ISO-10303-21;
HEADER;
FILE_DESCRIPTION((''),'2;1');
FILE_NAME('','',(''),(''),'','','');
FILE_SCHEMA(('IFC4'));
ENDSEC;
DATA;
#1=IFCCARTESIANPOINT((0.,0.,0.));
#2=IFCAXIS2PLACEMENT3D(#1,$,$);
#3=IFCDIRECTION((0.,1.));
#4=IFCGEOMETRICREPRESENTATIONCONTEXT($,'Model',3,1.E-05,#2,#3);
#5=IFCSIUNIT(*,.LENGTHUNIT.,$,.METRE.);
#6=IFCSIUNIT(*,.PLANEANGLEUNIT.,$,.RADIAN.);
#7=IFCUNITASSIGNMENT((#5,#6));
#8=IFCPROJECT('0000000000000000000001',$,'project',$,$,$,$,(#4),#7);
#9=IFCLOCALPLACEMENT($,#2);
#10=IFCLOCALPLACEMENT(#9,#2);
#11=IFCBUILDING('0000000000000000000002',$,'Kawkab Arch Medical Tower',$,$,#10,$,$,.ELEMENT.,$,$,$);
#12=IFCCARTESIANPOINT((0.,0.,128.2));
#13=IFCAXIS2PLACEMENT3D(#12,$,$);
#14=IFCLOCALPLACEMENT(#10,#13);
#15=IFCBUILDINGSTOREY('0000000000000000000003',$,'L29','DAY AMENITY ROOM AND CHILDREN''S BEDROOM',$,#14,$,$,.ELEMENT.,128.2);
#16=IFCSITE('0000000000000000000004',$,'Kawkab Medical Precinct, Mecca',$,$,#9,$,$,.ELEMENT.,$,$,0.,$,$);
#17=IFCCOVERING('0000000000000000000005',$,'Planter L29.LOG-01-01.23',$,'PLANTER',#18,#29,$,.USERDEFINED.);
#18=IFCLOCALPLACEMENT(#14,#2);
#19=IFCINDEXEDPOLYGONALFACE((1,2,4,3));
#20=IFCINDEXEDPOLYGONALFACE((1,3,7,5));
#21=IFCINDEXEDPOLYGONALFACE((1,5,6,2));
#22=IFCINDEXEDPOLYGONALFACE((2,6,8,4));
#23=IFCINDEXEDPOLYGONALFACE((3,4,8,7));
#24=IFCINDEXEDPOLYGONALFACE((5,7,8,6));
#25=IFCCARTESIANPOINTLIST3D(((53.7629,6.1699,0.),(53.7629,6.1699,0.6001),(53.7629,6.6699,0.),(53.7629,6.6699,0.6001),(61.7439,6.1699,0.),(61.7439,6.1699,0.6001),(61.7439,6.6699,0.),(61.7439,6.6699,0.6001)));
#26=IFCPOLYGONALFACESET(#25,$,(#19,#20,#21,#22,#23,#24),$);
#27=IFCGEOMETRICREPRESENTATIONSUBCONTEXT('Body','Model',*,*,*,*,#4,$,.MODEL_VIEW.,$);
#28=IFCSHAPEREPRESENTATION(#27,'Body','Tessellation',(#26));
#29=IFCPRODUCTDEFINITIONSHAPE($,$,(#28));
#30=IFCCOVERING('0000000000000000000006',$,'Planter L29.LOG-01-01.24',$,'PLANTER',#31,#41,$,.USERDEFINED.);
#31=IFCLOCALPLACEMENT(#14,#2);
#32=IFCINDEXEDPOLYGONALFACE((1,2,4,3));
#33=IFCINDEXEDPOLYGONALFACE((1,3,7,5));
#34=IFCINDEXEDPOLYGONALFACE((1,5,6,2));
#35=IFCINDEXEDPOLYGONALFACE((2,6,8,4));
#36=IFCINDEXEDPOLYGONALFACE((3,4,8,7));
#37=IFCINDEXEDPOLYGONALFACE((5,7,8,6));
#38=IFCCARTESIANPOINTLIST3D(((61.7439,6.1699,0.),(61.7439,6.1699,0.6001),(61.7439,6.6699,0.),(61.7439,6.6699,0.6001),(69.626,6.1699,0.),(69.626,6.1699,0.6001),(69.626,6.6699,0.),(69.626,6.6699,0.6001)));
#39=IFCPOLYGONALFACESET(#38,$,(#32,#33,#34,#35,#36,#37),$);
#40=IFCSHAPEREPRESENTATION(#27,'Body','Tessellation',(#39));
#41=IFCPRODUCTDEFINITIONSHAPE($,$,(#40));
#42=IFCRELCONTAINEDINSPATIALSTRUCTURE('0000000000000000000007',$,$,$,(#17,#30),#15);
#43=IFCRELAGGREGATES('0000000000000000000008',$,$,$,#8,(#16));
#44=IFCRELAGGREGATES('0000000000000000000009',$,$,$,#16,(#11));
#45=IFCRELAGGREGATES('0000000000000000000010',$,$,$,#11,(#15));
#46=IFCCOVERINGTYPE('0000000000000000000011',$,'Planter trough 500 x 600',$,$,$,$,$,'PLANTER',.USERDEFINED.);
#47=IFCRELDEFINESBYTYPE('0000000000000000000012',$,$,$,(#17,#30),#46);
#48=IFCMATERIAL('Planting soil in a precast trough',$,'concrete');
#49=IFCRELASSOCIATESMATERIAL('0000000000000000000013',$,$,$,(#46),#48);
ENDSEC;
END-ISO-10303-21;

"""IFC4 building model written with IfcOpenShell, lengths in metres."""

from ifc_helpers import new_model, si_unit, direction, frame, origin, origin_2d, place, context, subcontext, project, spatial, rectangle, extrude, material, material_profile, profile_set, type_object, element, save


model = new_model("IFC4")

# Units and contexts
model_context = context("Model", 3, precision=1e-05, world=origin(), true_north=direction((0.0, 1.0)))
body_context = subcontext(model_context, "Body", "Model", "MODEL_VIEW")
ifc_project = project(units=[si_unit("LENGTHUNIT", "METRE"), si_unit("PLANEANGLEUNIT", "RADIAN")], contexts=[model_context])

# Site, building, storey
site_placement = place(None, origin())
site = spatial("IfcSite", under=ifc_project, at=site_placement, Name="Kawkab Medical Precinct, Mecca", CompositionType="ELEMENT", RefElevation=0.0)
building_placement = place(site_placement, origin())
building = spatial("IfcBuilding", under=site, at=building_placement, Name="Kawkab Arch Medical Tower", CompositionType="ELEMENT")
storey_placement = place(building_placement, frame((0.0, 0.0, 128.2)))
storey = spatial("IfcBuildingStorey", under=building, at=storey_placement, Name="L29", Description="DAY AMENITY ROOM AND CHILDREN'S BEDROOM", CompositionType="ELEMENT", Elevation=128.2)

# Coverings
ifc_material_1 = material(Name="Planting soil in a precast trough", Category="concrete")
ifc_material_profile_1 = material_profile(ifc_material_1, rectangle(XDim=0.5, YDim=0.6001, at=origin_2d()), Name="Trough 500x600")
ifc_profile_set_1 = profile_set([ifc_material_profile_1], Name="Planting soil in a precast trough")
covering_type_1 = type_object("IfcCoveringType", Name="Planter trough 500 x 600", ElementType="PLANTER", PredefinedType="USERDEFINED", material=ifc_profile_set_1)
covering_1_placement = place(storey_placement, frame((53.7629, 6.4199, 0.3), z_axis=(1.0, 0.0, 0.0), x_axis=(0.0, 1.0, 0.0)))
element("IfcCovering", 1, at=covering_1_placement, inside=storey, type_object=covering_type_1, Name="Planter L29.LOG-01-01.23", ObjectType="PLANTER", PredefinedType="USERDEFINED", context=body_context, shape_type="SweptSolid", body=[
    extrude(rectangle(XDim=0.5, YDim=0.6001, at=origin_2d()), origin(), (0.0, 0.0, 1.0), 7.981),
])
covering_2_placement = place(storey_placement, frame((61.7439, 6.4199, 0.3), z_axis=(1.0, 0.0, 0.0), x_axis=(0.0, 1.0, 0.0)))
element("IfcCovering", 2, at=covering_2_placement, inside=storey, type_object=covering_type_1, Name="Planter L29.LOG-01-01.24", ObjectType="PLANTER", PredefinedType="USERDEFINED", context=body_context, shape_type="SweptSolid", body=[
    extrude(rectangle(XDim=0.5, YDim=0.6001, at=origin_2d()), origin(), (0.0, 0.0, 1.0), 7.8821),
])

save(model, "model.ifc")
